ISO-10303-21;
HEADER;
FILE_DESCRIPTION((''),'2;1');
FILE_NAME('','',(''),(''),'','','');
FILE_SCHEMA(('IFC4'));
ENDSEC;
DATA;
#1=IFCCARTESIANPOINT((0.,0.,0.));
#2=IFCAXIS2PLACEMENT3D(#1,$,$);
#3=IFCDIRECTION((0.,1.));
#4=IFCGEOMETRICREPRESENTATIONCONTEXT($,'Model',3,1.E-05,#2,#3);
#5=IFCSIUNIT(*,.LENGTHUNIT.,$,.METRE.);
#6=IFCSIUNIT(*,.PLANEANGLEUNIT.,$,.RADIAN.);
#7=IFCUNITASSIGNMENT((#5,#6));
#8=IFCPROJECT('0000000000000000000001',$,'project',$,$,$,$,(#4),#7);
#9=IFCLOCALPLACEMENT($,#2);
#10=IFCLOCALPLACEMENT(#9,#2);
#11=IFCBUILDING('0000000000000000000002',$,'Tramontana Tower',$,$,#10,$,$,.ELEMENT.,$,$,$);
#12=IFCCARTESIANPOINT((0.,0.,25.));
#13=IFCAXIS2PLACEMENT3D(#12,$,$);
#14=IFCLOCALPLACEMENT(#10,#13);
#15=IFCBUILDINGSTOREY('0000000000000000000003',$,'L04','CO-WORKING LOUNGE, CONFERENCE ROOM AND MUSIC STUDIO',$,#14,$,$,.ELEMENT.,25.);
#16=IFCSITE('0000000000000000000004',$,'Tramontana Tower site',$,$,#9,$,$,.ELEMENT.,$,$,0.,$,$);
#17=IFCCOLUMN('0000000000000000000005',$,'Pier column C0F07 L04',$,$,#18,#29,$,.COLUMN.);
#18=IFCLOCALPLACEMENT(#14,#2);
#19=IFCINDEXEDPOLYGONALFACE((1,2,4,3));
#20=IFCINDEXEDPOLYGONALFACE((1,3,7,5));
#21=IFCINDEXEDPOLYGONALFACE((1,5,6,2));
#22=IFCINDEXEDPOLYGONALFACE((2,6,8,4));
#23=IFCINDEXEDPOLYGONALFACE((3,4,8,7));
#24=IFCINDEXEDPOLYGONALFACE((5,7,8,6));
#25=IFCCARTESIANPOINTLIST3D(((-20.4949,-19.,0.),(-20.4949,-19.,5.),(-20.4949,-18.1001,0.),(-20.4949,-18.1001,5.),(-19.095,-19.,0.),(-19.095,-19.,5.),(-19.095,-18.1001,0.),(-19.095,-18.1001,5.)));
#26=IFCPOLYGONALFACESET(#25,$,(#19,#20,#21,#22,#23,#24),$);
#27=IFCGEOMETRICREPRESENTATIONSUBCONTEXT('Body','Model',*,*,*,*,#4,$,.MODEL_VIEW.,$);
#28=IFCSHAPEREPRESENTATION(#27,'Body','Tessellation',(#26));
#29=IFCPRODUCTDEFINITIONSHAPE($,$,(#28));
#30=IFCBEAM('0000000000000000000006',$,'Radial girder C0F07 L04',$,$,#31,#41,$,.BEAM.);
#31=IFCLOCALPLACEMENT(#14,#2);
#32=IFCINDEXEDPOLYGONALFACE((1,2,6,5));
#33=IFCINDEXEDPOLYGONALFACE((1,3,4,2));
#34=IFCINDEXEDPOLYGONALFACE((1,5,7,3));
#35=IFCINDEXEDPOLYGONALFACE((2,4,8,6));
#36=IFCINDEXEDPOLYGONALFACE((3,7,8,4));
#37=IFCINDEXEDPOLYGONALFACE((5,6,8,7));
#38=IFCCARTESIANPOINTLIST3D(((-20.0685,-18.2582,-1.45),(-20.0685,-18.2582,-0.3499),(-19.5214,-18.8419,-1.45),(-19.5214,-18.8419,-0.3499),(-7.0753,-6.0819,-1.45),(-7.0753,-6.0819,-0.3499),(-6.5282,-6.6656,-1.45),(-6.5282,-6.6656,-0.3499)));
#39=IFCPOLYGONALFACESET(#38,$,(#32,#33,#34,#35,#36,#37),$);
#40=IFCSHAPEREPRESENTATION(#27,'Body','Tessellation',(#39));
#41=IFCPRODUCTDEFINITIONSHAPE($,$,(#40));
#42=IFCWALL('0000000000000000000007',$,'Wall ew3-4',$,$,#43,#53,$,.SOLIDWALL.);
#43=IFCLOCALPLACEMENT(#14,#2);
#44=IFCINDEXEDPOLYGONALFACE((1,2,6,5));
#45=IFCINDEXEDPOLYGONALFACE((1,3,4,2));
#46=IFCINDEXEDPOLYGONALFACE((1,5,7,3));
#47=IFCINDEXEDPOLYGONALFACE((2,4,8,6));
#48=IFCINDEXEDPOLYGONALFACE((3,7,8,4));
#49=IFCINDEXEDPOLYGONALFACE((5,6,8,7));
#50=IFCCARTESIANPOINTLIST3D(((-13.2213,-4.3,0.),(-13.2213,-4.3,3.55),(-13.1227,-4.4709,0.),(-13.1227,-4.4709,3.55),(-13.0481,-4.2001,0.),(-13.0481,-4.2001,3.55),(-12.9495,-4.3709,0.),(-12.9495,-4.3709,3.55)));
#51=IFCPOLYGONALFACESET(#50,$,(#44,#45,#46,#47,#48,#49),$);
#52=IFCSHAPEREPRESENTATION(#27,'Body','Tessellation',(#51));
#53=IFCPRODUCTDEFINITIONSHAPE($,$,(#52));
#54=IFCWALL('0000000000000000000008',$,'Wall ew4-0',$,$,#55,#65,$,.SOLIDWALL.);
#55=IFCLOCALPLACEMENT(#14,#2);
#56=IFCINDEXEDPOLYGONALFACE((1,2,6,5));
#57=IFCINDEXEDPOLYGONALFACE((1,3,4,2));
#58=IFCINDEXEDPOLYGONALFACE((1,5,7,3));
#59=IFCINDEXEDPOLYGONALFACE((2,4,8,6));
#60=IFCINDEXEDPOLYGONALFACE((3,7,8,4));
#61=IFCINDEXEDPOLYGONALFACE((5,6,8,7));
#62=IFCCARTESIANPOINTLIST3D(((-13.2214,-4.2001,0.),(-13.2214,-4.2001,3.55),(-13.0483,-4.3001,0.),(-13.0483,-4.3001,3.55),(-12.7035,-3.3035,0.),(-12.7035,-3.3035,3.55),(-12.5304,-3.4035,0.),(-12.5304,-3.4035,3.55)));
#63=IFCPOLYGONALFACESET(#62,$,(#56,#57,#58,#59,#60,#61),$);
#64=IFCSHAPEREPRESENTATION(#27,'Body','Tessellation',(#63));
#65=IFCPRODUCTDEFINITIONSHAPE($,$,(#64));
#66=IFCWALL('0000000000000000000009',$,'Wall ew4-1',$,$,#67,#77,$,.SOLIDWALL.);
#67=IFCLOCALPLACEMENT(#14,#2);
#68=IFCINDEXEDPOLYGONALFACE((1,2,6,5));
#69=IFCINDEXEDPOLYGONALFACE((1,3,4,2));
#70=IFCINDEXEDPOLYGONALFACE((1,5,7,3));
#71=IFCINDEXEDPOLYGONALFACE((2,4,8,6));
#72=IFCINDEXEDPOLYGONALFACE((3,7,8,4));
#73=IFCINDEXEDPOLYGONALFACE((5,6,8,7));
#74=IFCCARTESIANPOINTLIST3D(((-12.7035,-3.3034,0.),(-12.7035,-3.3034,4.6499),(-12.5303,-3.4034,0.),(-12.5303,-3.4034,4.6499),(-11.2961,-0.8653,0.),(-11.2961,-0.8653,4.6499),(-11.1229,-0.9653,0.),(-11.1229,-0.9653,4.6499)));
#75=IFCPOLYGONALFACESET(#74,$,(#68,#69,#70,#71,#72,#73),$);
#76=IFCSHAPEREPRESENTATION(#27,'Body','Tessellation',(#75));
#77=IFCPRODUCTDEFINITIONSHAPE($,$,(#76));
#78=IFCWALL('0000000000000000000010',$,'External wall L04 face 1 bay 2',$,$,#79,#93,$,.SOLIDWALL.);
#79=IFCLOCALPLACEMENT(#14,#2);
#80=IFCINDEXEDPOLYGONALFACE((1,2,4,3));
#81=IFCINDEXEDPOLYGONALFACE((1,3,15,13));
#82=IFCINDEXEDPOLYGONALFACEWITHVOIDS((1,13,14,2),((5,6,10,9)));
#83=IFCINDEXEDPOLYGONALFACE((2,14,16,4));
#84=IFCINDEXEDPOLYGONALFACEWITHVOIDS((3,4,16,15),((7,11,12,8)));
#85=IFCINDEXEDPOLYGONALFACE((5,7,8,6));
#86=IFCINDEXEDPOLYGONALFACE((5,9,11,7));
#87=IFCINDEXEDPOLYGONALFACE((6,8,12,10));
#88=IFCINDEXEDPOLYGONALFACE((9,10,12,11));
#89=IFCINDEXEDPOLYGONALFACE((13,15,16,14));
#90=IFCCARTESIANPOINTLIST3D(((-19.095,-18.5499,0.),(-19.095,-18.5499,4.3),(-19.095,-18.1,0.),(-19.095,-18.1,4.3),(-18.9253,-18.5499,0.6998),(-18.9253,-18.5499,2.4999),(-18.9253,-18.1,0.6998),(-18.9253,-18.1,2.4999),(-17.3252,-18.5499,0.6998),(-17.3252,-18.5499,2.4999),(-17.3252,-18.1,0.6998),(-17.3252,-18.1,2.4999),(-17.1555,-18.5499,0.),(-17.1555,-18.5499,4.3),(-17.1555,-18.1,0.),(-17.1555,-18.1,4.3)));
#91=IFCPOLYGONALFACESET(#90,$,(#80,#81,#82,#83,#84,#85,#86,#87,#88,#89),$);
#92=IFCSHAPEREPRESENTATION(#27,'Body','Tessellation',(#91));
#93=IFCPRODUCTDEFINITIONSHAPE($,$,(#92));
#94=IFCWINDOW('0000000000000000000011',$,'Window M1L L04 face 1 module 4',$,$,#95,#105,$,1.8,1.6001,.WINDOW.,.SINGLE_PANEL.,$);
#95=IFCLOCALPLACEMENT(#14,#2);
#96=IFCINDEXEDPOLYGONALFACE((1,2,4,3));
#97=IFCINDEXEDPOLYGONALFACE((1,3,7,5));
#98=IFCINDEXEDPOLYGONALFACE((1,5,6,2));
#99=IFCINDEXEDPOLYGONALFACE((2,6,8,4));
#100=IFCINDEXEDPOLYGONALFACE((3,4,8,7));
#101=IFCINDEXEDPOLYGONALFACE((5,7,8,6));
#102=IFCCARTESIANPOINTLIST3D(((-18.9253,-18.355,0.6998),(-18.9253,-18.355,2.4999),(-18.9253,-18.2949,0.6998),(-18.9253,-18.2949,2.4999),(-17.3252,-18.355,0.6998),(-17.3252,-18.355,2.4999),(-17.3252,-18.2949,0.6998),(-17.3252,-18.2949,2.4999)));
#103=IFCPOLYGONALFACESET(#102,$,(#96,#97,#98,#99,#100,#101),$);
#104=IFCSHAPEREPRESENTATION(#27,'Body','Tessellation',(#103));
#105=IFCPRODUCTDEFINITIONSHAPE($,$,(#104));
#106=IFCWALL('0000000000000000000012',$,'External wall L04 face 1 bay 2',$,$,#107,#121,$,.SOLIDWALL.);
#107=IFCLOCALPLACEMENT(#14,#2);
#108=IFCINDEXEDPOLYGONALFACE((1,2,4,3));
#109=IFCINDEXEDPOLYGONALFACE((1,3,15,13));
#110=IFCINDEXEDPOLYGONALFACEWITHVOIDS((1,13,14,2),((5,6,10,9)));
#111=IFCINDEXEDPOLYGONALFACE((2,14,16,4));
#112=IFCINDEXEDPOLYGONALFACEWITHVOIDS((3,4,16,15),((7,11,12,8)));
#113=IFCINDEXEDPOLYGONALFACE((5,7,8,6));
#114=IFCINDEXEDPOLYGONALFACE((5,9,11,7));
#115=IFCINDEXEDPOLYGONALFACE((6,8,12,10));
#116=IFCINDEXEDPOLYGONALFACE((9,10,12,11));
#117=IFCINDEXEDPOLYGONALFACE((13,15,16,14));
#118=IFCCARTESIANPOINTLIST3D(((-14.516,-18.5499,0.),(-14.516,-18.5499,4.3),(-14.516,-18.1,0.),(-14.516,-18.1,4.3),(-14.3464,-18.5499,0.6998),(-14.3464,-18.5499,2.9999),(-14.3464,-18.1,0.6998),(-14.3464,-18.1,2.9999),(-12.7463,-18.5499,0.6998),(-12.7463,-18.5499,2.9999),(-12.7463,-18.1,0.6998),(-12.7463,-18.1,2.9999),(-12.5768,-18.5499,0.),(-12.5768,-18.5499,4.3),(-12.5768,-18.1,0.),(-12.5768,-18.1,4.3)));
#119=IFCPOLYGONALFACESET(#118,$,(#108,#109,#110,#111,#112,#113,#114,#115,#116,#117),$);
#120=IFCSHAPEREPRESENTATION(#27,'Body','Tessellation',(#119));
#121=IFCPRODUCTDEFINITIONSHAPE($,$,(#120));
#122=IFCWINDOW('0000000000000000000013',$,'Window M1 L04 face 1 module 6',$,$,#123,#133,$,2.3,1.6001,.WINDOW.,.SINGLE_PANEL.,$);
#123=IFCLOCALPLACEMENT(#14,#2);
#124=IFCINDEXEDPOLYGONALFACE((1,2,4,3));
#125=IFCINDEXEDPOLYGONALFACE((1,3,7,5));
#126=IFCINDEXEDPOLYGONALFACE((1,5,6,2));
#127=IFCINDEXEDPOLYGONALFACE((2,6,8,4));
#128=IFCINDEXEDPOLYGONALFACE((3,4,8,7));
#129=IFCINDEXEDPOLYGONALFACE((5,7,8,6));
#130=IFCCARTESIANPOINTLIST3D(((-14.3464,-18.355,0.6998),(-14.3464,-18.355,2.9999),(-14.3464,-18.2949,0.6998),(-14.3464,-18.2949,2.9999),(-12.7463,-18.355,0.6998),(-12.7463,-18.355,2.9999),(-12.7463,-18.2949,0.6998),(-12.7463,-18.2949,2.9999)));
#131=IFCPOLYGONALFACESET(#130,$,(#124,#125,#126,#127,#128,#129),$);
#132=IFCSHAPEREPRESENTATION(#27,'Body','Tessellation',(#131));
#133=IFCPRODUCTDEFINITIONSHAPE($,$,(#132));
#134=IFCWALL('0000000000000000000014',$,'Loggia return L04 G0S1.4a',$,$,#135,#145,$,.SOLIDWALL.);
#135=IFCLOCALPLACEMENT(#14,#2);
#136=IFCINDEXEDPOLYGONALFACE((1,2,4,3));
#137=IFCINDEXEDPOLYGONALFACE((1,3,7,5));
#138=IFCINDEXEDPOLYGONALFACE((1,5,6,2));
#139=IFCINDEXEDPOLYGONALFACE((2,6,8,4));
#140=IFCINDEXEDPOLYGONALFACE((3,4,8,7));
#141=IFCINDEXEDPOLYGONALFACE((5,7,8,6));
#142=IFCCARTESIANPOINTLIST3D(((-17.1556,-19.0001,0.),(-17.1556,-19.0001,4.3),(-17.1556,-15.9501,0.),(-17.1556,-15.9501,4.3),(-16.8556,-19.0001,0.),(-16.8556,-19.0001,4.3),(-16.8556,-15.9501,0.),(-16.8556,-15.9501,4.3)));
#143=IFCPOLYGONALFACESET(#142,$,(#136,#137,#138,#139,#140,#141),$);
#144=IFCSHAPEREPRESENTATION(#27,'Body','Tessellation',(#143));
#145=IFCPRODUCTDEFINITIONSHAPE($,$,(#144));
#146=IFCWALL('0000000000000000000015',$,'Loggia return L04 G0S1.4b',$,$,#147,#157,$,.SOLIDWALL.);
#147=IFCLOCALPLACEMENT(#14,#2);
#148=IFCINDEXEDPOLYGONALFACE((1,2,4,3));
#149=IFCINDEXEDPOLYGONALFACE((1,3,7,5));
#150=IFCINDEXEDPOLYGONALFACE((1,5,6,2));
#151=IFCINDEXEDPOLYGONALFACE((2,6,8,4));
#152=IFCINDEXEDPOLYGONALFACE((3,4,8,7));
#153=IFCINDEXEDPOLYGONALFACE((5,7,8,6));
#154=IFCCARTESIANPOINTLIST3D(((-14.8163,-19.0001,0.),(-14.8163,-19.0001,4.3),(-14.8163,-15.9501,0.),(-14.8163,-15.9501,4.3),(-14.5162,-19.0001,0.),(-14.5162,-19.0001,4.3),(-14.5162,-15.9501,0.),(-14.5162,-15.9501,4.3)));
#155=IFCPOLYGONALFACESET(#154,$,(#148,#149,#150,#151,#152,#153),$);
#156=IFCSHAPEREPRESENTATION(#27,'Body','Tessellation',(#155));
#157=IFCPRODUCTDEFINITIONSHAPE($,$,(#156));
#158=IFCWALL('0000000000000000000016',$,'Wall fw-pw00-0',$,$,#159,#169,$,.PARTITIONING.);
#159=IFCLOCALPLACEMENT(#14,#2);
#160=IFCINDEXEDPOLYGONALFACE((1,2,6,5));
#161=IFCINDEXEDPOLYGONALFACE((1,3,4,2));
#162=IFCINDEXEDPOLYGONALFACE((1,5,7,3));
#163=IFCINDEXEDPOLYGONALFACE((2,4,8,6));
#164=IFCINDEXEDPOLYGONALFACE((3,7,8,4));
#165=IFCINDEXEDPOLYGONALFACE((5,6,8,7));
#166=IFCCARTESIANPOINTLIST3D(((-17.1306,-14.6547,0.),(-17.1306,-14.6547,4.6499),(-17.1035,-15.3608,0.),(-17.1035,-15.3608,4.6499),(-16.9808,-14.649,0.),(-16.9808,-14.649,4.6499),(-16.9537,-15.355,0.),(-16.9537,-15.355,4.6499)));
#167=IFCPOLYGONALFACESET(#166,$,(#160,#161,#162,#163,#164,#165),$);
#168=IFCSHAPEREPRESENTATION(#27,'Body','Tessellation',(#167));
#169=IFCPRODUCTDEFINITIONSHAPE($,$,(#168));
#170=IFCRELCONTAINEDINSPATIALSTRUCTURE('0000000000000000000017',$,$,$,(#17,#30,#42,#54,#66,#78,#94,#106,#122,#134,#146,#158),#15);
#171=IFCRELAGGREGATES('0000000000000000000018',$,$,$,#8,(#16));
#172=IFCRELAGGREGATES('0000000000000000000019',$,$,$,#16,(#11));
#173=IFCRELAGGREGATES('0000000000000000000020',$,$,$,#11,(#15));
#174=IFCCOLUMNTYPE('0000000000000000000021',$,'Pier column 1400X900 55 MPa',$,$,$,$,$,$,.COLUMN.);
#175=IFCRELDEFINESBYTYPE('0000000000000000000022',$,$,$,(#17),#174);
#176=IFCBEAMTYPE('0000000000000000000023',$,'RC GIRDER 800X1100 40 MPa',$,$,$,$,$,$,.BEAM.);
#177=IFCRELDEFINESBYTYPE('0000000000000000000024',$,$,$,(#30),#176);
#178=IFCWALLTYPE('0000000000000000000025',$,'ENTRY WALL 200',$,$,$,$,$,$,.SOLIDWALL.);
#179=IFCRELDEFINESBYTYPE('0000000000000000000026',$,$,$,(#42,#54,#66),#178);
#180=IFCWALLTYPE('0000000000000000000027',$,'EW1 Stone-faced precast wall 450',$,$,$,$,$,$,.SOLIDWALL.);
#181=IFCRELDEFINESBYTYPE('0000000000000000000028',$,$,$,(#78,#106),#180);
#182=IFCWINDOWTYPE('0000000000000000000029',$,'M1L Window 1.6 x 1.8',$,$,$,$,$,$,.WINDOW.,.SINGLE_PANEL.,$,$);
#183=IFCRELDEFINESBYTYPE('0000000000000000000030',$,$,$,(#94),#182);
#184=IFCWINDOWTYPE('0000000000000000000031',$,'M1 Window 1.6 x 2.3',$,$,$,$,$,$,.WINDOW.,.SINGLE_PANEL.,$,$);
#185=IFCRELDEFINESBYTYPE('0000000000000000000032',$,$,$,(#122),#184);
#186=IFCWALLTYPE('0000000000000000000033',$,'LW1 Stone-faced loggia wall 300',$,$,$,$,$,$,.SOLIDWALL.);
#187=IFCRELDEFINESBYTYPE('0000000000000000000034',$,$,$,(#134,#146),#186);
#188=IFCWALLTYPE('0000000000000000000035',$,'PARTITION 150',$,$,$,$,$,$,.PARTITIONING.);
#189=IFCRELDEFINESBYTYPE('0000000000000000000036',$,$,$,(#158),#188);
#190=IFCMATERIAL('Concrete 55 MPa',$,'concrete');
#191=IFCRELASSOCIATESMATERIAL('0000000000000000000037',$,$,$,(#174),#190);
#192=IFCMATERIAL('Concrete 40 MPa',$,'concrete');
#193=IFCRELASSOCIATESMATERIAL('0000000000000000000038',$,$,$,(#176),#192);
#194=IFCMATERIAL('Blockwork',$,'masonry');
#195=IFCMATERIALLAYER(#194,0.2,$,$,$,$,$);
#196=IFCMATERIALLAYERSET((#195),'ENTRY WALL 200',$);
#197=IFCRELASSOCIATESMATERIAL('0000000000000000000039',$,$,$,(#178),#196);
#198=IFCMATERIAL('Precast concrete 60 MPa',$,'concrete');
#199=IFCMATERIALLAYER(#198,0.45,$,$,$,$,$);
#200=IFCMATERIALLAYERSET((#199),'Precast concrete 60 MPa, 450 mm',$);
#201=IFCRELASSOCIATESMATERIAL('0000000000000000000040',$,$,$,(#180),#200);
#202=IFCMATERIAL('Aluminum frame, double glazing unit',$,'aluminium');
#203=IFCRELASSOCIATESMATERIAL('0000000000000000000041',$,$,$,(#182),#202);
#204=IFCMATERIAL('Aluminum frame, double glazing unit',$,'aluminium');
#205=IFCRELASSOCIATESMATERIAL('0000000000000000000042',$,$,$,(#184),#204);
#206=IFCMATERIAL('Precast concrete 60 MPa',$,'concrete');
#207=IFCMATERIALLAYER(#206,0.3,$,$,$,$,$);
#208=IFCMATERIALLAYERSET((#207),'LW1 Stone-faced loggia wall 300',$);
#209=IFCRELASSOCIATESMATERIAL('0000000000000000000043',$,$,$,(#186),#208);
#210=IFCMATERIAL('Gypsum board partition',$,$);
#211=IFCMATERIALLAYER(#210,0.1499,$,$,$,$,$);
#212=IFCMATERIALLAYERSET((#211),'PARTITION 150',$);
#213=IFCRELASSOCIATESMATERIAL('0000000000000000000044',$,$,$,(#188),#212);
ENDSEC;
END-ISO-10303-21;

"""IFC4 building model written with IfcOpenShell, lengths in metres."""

from ifc_helpers import new_model, si_unit, direction, frame, frame_2d, origin, origin_2d, place, context, subcontext, project, spatial, rectangle, extrude, material, layer, layer_set, material_profile, profile_set, type_object, element, fill, save


model = new_model("IFC4")

# Units and contexts
model_context = context("Model", 3, precision=1e-05, world=origin(), true_north=direction((0.0, 1.0)))
body_context = subcontext(model_context, "Body", "Model", "MODEL_VIEW")
ifc_project = project(units=[si_unit("LENGTHUNIT", "METRE"), si_unit("PLANEANGLEUNIT", "RADIAN")], contexts=[model_context])

# Site, building, storey
site_placement = place(None, origin())
site = spatial("IfcSite", under=ifc_project, at=site_placement, Name="Tramontana Tower site", CompositionType="ELEMENT", RefElevation=0.0)
building_placement = place(site_placement, origin())
building = spatial("IfcBuilding", under=site, at=building_placement, Name="Tramontana Tower", CompositionType="ELEMENT")
storey_placement = place(building_placement, frame((0.0, 0.0, 25.0)))
storey = spatial("IfcBuildingStorey", under=building, at=storey_placement, Name="L04", Description="CO-WORKING LOUNGE, CONFERENCE ROOM AND MUSIC STUDIO", CompositionType="ELEMENT", Elevation=25.0)

# Column
ifc_material_1 = material(Name="Concrete 55 MPa", Category="concrete")
ifc_material_profile_1 = material_profile(ifc_material_1, rectangle(XDim=1.3999, YDim=0.8999, at=origin_2d()), Name="Pier column 1400X900 55 MPa")
ifc_profile_set_1 = profile_set([ifc_material_profile_1], Name="Concrete 55 MPa")
column_type = type_object("IfcColumnType", Name="Pier column 1400X900 55 MPa", PredefinedType="COLUMN", material=ifc_profile_set_1)
column_placement = place(storey_placement, frame((-19.7949, -18.55, 0.0), z_axis=(0.0, 0.0, 1.0), x_axis=(1.0, 0.0, 0.0)))
element("IfcColumn", 1, at=column_placement, inside=storey, type_object=column_type, Name="Pier column C0F07 L04", PredefinedType="COLUMN", context=body_context, shape_type="SweptSolid", body=[
    extrude(rectangle(XDim=1.3999, YDim=0.8999, at=origin_2d()), origin(), (0.0, 0.0, 1.0), 5.0),
])

# Beam
ifc_material_2 = material(Name="Concrete 40 MPa", Category="concrete")
ifc_material_profile_2 = material_profile(ifc_material_2, rectangle(XDim=0.8, YDim=1.1001, at=origin_2d()), Name="RC GIRDER 800X1100 40 MPa")
ifc_profile_set_2 = profile_set([ifc_material_profile_2], Name="Concrete 40 MPa")
beam_type = type_object("IfcBeamType", Name="RC GIRDER 800X1100 40 MPa", PredefinedType="BEAM", material=ifc_profile_set_2)
beam_placement = place(storey_placement, frame((-19.7949, -18.55, -0.8999), z_axis=(0.729672, 0.683797, 0.0), x_axis=(-0.683797, 0.729672, 0.0)))
element("IfcBeam", 2, at=beam_placement, inside=storey, type_object=beam_type, Name="Radial girder C0F07 L04", PredefinedType="BEAM", context=body_context, shape_type="SweptSolid", body=[
    extrude(rectangle(XDim=0.8, YDim=1.1001, at=origin_2d()), origin(), (0.0, 0.0, 1.0), 17.8069),
])

# Walls
ifc_material_3 = material(Name="Blockwork", Category="masonry")
ifc_layer_1 = layer(ifc_material_3, 0.2)
ifc_layer_set_1 = layer_set([ifc_layer_1], Name="ENTRY WALL 200")
wall_type_1 = type_object("IfcWallType", Name="ENTRY WALL 200", PredefinedType="SOLIDWALL", material=ifc_layer_set_1)
wall_1_placement = place(storey_placement, frame((-13.0361, -4.4209, 0.0), z_axis=(0.0, 0.0, 1.0), x_axis=(-0.499865, 0.866103, 0.0)))
element("IfcWall", 3, at=wall_1_placement, inside=storey, type_object=wall_type_1, Name="Wall ew3-4", PredefinedType="SOLIDWALL", context=body_context, shape_type="SweptSolid", body=[
    extrude(rectangle(XDim=0.1973, YDim=0.2, at=frame_2d((0.0986, 0.0))), origin(), (0.0, 0.0, 1.0), 3.55),
])
wall_2_placement = place(storey_placement, frame((-13.1348, -4.25, 0.0), z_axis=(0.0, 0.0, 1.0), x_axis=(0.500172, 0.865926, 0.0)))
element("IfcWall", 4, at=wall_2_placement, inside=storey, type_object=wall_type_1, Name="Wall ew4-0", PredefinedType="SOLIDWALL", context=body_context, shape_type="SweptSolid", body=[
    extrude(rectangle(XDim=1.0354, YDim=0.2, at=frame_2d((0.5176, 0.0))), origin(), (0.0, 0.0, 1.0), 3.55),
])
wall_3_placement = place(storey_placement, frame((-12.6169, -3.3535, 0.0), z_axis=(0.0, 0.0, 1.0), x_axis=(0.499935, 0.866063, 0.0)))
element("IfcWall", 5, at=wall_3_placement, inside=storey, type_object=wall_type_1, Name="Wall ew4-1", PredefinedType="SOLIDWALL", context=body_context, shape_type="SweptSolid", body=[
    extrude(rectangle(XDim=2.8152, YDim=0.2, at=frame_2d((1.4077, 0.0))), origin(), (0.0, 0.0, 1.0), 4.6499),
])

# Walls, openings, windows
ifc_material_4 = material(Name="Precast concrete 60 MPa", Category="concrete")
ifc_layer_2 = layer(ifc_material_4, 0.45)
ifc_layer_set_2 = layer_set([ifc_layer_2], Name="Precast concrete 60 MPa, 450 mm")
wall_type_2 = type_object("IfcWallType", Name="EW1 Stone-faced precast wall 450", PredefinedType="SOLIDWALL", material=ifc_layer_set_2)
wall_4_placement = place(storey_placement, frame((-19.095, -18.325, 0.0), z_axis=(0.0, 0.0, 1.0), x_axis=(1.0, 0.0, 0.0)))
wall_4 = element("IfcWall", 6, at=wall_4_placement, inside=storey, type_object=wall_type_2, Name="External wall L04 face 1 bay 2", PredefinedType="SOLIDWALL", context=body_context, shape_type="SweptSolid", body=[
    extrude(rectangle(XDim=1.9395, YDim=0.45, at=frame_2d((0.9697, 0.0))), origin(), (0.0, 0.0, 1.0), 4.3),
])
opening_1_placement = place(wall_4_placement, frame((0.1697, 0.0, 0.7)))
opening_1 = element("IfcOpeningElement", 7, at=opening_1_placement, cuts=wall_4, PredefinedType="OPENING", context=body_context, shape_type="SweptSolid", body=[
    extrude(rectangle(XDim=1.6001, YDim=1.8, at=frame_2d((0.8, 0.8999))), frame((0.0, 0.2349, 0.0), z_axis=(0.0, -1.0, 0.0), x_axis=(1.0, 0.0, 0.0)), (0.0, 0.0, 1.0), 0.47),
])
ifc_material_5 = material(Name="Aluminum frame, double glazing unit", Category="aluminium")
window_type_1 = type_object("IfcWindowType", Name="M1L Window 1.6 x 1.8", PartitioningType="SINGLE_PANEL", PredefinedType="WINDOW", material=ifc_material_5)
window_1_placement = place(opening_1_placement, origin())
window_1 = element("IfcWindow", 8, at=window_1_placement, inside=storey, type_object=window_type_1, Name="Window M1L L04 face 1 module 4", OverallHeight=1.8, OverallWidth=1.6001, PartitioningType="SINGLE_PANEL", PredefinedType="WINDOW", context=body_context, shape_type="SweptSolid", body=[
    extrude(rectangle(XDim=1.6001, YDim=1.8, at=frame_2d((0.8, 0.8999))), frame((0.0, 0.03, 0.0), z_axis=(0.0, -1.0, 0.0), x_axis=(1.0, 0.0, 0.0)), (0.0, 0.0, 1.0), 0.0601),
])
fill(opening_1, window_1)
wall_5_placement = place(storey_placement, frame((-14.5161, -18.325, 0.0), z_axis=(0.0, 0.0, 1.0), x_axis=(1.0, 0.0, 0.0)))
wall_5 = element("IfcWall", 9, at=wall_5_placement, inside=storey, type_object=wall_type_2, Name="External wall L04 face 1 bay 2", PredefinedType="SOLIDWALL", context=body_context, shape_type="SweptSolid", body=[
    extrude(rectangle(XDim=1.9392, YDim=0.45, at=frame_2d((0.9697, 0.0))), origin(), (0.0, 0.0, 1.0), 4.3),
])
opening_2_placement = place(wall_5_placement, frame((0.1697, 0.0, 0.7)))
opening_2 = element("IfcOpeningElement", 10, at=opening_2_placement, cuts=wall_5, PredefinedType="OPENING", context=body_context, shape_type="SweptSolid", body=[
    extrude(rectangle(XDim=1.6001, YDim=2.3, at=frame_2d((0.8, 1.1499))), frame((0.0, 0.2349, 0.0), z_axis=(0.0, -1.0, 0.0), x_axis=(1.0, 0.0, 0.0)), (0.0, 0.0, 1.0), 0.47),
])
ifc_material_6 = material(Name="Aluminum frame, double glazing unit", Category="aluminium")
window_type_2 = type_object("IfcWindowType", Name="M1 Window 1.6 x 2.3", PartitioningType="SINGLE_PANEL", PredefinedType="WINDOW", material=ifc_material_6)
window_2_placement = place(opening_2_placement, origin())
window_2 = element("IfcWindow", 11, at=window_2_placement, inside=storey, type_object=window_type_2, Name="Window M1 L04 face 1 module 6", OverallHeight=2.3, OverallWidth=1.6001, PartitioningType="SINGLE_PANEL", PredefinedType="WINDOW", context=body_context, shape_type="SweptSolid", body=[
    extrude(rectangle(XDim=1.6001, YDim=2.3, at=frame_2d((0.8, 1.1499))), frame((0.0, 0.03, 0.0), z_axis=(0.0, -1.0, 0.0), x_axis=(1.0, 0.0, 0.0)), (0.0, 0.0, 1.0), 0.0601),
])
fill(opening_2, window_2)

# Shared definitions
ifc_material_7 = material(Name="Precast concrete 60 MPa", Category="concrete")
ifc_layer_3 = layer(ifc_material_7, 0.3)
ifc_layer_set_3 = layer_set([ifc_layer_3], Name="LW1 Stone-faced loggia wall 300")
wall_type_3 = type_object("IfcWallType", Name="LW1 Stone-faced loggia wall 300", PredefinedType="SOLIDWALL", material=ifc_layer_set_3)

# Walls
for number, where, z_axis, x_axis, name in (
    (12, (-17.0056, -19.0, 0.0), (0.0, 0.0, 1.0), (0.0, 1.0, 0.0), "Loggia return L04 G0S1.4a"),
    (13, (-14.6663, -19.0, 0.0), (0.0, 0.0, 1.0), (0.0, 1.0, 0.0), "Loggia return L04 G0S1.4b"),
):
    element("IfcWall", number, at=place(storey_placement, frame(where, z_axis=z_axis, x_axis=x_axis)), inside=storey, type_object=wall_type_3, Name=name, PredefinedType="SOLIDWALL", context=body_context, shape_type="SweptSolid", body=[
        extrude(rectangle(XDim=3.05, YDim=0.3, at=frame_2d((1.5249, 0.0))), origin(), (0.0, 0.0, 1.0), 4.3),
    ])
ifc_material_8 = material(Name="Gypsum board partition")
ifc_layer_4 = layer(ifc_material_8, 0.1499)
ifc_layer_set_4 = layer_set([ifc_layer_4], Name="PARTITION 150")
wall_type_4 = type_object("IfcWallType", Name="PARTITION 150", PredefinedType="PARTITIONING", material=ifc_layer_set_4)
wall_6_placement = place(storey_placement, frame((-17.0557, -14.6519, 0.0), z_axis=(0.0, 0.0, 1.0), x_axis=(0.038354, -0.999264, 0.0)))
element("IfcWall", 14, at=wall_6_placement, inside=storey, type_object=wall_type_4, Name="Wall fw-pw00-0", PredefinedType="PARTITIONING", context=body_context, shape_type="SweptSolid", body=[
    extrude(rectangle(XDim=0.7065, YDim=0.1499, at=frame_2d((0.3533, 0.0))), origin(), (0.0, 0.0, 1.0), 4.6499),
])

save(model, "model.ifc")
